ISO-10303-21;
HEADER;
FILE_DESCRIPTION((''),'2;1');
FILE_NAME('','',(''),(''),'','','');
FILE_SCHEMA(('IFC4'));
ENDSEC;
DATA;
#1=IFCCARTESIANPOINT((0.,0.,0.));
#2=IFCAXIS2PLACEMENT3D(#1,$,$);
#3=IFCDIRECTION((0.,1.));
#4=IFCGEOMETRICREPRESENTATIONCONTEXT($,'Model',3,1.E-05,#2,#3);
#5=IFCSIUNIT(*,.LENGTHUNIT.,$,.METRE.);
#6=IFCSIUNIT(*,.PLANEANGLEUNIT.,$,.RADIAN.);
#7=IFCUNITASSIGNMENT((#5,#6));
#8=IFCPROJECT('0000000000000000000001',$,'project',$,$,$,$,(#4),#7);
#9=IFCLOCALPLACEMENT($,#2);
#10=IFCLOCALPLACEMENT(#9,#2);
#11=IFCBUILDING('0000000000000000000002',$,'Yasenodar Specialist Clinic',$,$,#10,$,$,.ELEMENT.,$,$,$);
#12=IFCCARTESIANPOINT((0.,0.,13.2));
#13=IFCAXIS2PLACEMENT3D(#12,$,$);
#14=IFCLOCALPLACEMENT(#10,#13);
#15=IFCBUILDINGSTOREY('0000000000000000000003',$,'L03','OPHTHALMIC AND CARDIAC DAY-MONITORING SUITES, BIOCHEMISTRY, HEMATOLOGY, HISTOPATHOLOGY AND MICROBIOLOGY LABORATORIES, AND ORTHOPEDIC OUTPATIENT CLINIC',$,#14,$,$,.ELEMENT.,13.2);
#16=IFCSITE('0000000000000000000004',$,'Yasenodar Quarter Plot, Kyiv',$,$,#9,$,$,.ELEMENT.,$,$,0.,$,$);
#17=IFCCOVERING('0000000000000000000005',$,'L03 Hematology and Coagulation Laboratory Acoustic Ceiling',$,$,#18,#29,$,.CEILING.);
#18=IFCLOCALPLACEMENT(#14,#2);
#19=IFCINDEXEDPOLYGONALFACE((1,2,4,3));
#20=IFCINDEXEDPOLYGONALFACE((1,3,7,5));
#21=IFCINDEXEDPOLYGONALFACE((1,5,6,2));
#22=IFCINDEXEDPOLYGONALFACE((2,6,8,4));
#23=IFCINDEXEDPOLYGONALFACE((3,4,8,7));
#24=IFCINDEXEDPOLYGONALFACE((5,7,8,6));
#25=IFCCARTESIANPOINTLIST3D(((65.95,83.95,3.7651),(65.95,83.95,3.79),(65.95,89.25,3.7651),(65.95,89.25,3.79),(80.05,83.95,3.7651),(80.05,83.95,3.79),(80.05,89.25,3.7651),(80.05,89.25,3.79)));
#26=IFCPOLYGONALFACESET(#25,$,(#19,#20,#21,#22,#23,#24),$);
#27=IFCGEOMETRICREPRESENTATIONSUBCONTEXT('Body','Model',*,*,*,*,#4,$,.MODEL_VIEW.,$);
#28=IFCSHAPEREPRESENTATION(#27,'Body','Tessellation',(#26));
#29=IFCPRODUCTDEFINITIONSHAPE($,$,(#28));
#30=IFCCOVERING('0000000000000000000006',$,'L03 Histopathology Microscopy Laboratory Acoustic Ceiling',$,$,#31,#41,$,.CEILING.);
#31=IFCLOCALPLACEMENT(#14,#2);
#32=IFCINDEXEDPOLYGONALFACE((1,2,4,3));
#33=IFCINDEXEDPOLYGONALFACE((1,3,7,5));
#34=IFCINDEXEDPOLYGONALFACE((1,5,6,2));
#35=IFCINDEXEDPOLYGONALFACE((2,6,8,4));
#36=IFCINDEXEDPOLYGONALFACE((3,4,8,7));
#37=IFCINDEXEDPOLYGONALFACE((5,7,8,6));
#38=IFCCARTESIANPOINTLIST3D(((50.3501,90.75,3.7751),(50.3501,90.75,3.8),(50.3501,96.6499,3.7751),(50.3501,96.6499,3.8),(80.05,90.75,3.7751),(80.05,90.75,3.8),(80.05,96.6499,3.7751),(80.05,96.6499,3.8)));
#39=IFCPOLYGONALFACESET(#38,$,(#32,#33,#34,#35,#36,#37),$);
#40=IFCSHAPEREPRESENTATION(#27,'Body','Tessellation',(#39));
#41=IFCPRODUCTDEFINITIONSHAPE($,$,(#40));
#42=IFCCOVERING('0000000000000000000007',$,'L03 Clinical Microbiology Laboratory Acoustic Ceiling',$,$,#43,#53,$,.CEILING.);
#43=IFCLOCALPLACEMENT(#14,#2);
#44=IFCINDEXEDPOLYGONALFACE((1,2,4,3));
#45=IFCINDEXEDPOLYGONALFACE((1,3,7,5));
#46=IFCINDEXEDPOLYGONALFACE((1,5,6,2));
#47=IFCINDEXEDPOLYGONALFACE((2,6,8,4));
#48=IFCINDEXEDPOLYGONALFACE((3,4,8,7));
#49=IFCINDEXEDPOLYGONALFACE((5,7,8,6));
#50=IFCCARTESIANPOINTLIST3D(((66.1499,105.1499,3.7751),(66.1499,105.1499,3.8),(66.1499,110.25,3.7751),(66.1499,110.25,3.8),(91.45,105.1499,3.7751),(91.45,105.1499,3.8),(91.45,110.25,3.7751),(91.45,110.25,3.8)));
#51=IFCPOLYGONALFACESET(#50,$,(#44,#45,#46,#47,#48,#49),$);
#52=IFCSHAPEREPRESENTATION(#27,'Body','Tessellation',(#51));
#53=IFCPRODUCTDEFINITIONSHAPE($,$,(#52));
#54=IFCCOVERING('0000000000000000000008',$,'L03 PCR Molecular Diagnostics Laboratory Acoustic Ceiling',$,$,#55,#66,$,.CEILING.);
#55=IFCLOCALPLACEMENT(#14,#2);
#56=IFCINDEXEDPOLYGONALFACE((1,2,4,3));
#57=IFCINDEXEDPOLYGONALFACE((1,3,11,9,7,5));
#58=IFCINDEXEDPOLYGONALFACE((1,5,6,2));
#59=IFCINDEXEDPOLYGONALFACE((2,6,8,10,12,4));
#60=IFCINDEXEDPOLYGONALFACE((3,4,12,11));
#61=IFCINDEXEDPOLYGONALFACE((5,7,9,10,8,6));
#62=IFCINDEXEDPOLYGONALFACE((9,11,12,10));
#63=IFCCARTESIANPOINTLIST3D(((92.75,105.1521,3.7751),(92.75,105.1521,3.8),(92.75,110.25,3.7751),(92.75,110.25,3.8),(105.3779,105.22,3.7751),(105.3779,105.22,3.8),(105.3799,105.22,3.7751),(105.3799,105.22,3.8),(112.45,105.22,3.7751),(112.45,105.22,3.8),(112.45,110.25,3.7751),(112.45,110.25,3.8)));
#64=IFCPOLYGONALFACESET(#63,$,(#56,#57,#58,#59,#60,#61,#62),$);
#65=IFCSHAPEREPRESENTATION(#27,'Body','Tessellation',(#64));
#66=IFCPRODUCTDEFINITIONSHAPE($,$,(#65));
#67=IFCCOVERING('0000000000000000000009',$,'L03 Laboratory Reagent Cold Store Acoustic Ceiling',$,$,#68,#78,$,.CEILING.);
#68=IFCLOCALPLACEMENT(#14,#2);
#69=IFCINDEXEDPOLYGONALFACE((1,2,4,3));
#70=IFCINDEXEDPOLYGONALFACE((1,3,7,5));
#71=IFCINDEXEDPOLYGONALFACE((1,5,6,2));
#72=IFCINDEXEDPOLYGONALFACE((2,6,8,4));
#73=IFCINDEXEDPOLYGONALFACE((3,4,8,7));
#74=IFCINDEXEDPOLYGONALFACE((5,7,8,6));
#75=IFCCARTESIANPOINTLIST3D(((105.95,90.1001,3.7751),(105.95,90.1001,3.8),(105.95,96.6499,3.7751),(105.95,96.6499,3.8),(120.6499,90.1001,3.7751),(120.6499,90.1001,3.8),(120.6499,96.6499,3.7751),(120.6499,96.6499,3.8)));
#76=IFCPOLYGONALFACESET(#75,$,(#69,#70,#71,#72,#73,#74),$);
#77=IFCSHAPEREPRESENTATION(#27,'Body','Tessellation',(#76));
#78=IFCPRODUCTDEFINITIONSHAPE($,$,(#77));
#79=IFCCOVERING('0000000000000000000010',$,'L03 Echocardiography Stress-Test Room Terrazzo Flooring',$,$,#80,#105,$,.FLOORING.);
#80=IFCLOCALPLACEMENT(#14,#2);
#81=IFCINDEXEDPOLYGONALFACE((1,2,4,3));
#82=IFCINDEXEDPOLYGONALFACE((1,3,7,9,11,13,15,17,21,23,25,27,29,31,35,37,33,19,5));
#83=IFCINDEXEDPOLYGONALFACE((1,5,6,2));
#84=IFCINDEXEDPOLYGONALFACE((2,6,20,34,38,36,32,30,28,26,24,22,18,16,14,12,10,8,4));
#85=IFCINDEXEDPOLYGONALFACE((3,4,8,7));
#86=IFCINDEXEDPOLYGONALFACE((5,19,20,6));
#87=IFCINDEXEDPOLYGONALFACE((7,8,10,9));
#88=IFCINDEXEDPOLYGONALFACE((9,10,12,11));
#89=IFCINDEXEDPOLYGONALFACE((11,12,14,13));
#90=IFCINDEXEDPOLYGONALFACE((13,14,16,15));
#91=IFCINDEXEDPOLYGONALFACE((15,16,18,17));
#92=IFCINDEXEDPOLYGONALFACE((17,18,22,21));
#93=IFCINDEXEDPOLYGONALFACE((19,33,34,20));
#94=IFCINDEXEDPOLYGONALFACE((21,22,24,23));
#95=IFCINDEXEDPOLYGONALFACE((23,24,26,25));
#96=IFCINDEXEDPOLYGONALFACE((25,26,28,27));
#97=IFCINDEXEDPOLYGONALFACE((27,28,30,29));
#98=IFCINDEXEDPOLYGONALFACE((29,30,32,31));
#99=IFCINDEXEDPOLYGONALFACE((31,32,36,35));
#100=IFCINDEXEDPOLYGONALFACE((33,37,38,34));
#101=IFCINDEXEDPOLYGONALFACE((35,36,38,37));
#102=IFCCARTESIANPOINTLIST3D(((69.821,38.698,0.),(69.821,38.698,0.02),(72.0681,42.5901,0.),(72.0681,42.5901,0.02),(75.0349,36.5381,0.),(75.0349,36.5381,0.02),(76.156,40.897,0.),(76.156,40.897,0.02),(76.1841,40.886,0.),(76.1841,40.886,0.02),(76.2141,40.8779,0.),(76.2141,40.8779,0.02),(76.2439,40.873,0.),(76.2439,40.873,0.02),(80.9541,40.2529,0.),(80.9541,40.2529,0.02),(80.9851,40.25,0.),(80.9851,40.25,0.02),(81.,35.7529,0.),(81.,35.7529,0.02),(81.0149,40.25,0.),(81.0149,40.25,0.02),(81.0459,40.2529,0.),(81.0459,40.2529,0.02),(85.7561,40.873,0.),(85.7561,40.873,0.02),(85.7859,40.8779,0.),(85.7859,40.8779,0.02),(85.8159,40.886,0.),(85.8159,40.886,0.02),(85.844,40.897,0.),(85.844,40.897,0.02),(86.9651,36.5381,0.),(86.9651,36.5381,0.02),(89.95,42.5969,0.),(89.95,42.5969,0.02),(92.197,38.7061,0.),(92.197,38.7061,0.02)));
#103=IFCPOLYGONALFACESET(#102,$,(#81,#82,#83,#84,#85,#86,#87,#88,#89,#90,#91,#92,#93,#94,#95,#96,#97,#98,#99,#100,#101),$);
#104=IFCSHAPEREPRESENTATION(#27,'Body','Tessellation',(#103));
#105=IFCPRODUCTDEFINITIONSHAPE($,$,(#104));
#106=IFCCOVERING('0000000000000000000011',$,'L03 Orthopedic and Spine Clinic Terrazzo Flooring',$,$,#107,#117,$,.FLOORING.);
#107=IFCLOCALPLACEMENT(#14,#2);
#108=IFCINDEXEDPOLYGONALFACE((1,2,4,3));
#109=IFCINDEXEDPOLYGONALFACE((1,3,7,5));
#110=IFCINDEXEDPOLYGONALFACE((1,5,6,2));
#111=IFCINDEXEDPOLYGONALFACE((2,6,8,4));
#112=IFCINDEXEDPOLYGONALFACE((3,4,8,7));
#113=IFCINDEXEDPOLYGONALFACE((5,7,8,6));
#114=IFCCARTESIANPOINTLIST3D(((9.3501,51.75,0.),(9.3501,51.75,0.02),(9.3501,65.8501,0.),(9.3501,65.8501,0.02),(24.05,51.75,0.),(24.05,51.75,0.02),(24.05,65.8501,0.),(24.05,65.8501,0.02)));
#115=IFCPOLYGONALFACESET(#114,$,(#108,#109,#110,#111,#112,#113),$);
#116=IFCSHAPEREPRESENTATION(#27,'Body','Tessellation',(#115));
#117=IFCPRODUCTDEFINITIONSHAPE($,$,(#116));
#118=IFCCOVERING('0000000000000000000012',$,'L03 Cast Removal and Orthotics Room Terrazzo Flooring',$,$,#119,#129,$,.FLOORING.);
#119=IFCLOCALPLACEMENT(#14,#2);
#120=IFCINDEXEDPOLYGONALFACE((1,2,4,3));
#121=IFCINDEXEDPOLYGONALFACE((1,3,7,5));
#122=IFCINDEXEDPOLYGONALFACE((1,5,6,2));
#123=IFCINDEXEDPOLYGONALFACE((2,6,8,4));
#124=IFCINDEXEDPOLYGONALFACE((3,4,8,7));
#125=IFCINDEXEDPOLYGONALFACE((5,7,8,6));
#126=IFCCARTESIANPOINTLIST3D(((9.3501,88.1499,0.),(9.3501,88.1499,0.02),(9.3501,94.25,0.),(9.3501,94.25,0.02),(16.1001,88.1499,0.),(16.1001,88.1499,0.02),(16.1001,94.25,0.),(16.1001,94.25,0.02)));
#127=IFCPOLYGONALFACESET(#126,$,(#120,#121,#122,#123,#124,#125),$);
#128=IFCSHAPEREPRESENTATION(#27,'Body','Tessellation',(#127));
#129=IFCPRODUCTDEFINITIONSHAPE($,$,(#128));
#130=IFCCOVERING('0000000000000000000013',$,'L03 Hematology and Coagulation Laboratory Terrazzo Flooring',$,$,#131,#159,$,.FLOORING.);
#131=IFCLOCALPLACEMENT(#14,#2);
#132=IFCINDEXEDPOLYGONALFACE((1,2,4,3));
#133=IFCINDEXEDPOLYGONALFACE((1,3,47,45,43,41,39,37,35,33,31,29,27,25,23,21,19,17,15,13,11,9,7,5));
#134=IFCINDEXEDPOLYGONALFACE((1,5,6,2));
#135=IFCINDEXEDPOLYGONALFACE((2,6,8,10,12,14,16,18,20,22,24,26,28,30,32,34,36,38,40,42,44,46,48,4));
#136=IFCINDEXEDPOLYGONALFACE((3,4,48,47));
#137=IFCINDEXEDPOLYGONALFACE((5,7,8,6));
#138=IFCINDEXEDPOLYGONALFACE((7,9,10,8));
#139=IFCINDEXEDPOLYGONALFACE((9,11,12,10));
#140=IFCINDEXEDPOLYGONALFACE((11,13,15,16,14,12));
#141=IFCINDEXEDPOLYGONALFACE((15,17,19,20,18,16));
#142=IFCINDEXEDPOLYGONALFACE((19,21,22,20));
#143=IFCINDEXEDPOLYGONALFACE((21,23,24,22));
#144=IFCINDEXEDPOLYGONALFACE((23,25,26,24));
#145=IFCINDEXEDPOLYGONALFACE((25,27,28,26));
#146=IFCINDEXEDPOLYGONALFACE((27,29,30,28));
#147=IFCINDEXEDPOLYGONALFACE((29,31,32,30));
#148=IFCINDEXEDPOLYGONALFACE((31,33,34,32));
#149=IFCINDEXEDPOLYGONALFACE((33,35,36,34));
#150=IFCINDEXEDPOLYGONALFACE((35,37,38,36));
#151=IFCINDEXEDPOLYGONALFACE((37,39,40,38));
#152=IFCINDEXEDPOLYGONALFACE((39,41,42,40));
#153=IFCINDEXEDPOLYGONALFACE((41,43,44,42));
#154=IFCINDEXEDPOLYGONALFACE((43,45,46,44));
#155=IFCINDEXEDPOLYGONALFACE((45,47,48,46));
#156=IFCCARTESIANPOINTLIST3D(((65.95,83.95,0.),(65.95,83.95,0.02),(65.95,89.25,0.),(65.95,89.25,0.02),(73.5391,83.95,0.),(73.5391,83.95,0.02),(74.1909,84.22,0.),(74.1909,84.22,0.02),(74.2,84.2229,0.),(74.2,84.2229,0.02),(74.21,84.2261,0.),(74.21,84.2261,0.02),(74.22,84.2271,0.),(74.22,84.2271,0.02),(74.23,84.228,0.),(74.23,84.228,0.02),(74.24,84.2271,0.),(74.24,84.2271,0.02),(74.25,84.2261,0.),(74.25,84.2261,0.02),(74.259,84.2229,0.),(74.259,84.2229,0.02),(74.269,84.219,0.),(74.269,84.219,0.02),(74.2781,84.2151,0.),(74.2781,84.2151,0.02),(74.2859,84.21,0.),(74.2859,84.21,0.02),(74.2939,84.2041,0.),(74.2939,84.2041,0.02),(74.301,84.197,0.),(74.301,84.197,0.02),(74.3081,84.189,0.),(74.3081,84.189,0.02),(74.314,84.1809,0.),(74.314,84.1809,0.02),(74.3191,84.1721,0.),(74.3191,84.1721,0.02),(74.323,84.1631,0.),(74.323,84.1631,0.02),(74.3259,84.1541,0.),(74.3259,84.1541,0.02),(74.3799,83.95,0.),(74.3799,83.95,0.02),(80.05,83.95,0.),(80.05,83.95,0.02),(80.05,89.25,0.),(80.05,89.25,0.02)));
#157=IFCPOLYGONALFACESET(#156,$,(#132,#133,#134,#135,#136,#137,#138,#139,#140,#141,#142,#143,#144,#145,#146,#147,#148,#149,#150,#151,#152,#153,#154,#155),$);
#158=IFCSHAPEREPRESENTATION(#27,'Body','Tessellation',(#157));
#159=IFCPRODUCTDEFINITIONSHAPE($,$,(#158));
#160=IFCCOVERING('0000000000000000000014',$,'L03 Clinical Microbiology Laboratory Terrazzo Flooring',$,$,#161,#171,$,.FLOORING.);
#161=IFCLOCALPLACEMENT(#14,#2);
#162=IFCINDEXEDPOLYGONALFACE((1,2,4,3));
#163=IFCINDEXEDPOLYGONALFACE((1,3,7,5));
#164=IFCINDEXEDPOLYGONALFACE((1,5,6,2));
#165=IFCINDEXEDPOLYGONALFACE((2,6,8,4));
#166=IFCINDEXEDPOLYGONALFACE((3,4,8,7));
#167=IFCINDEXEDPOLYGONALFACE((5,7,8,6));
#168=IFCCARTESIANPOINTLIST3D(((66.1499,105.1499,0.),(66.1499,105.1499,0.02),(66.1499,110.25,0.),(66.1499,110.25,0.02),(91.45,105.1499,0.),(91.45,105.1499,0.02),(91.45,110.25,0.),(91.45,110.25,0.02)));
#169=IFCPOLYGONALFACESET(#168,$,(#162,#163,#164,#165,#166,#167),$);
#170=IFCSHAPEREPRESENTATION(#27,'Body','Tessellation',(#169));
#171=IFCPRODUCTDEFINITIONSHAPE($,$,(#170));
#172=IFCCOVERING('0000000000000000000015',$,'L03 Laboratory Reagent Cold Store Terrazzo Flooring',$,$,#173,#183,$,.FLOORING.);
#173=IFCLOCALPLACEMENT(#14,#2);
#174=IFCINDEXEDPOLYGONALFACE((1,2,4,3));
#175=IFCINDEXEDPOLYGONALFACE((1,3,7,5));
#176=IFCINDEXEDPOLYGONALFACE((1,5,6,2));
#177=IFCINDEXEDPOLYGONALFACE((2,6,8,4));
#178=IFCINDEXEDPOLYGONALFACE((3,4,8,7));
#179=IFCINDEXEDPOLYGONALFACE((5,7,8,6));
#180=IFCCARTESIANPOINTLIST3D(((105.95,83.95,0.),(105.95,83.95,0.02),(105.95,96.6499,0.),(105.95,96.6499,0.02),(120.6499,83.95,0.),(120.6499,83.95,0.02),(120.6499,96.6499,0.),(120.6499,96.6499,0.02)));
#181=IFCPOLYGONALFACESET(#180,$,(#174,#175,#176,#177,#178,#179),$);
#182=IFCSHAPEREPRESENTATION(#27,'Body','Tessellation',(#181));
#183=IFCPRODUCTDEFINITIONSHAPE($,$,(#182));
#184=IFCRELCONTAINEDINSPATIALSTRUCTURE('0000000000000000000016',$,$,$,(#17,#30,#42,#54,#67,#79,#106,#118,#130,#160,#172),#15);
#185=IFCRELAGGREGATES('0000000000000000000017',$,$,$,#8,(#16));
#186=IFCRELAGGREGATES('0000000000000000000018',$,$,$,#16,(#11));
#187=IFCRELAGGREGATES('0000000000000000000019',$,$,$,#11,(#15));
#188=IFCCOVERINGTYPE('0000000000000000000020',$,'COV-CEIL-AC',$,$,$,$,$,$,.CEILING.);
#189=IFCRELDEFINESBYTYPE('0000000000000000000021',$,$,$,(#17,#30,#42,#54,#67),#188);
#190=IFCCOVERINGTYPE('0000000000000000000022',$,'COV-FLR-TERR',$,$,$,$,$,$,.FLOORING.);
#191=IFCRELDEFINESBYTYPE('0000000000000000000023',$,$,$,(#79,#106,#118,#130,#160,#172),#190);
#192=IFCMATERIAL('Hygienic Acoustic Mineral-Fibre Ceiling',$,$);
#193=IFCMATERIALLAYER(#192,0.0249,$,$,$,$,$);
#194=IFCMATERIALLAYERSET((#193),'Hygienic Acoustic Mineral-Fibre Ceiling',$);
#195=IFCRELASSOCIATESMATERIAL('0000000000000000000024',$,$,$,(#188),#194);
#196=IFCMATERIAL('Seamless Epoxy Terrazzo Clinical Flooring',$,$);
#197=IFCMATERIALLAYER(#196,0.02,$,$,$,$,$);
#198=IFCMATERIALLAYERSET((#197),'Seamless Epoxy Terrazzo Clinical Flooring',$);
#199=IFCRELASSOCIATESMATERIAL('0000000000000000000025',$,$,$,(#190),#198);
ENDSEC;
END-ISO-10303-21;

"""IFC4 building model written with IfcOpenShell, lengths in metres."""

from ifc_helpers import new_model, si_unit, direction, frame, origin, place, context, subcontext, project, spatial, polyline, outline, extrude, material, layer, layer_set, type_object, element, save


model = new_model("IFC4")

# Units and contexts
model_context = context("Model", 3, precision=1e-05, world=origin(), true_north=direction((0.0, 1.0)))
body_context = subcontext(model_context, "Body", "Model", "MODEL_VIEW")
ifc_project = project(units=[si_unit("LENGTHUNIT", "METRE"), si_unit("PLANEANGLEUNIT", "RADIAN")], contexts=[model_context])

# Site, building, storey
site_placement = place(None, origin())
site = spatial("IfcSite", under=ifc_project, at=site_placement, Name="Yasenodar Quarter Plot, Kyiv", CompositionType="ELEMENT", RefElevation=0.0)
building_placement = place(site_placement, origin())
building = spatial("IfcBuilding", under=site, at=building_placement, Name="Yasenodar Specialist Clinic", CompositionType="ELEMENT")
storey_placement = place(building_placement, frame((0.0, 0.0, 13.2)))
storey = spatial("IfcBuildingStorey", under=building, at=storey_placement, Name="L03", Description="OPHTHALMIC AND CARDIAC DAY-MONITORING SUITES, BIOCHEMISTRY, HEMATOLOGY, HISTOPATHOLOGY AND MICROBIOLOGY LABORATORIES, AND ORTHOPEDIC OUTPATIENT CLINIC", CompositionType="ELEMENT", Elevation=13.2)

# Coverings
ifc_material_1 = material(Name="Hygienic Acoustic Mineral-Fibre Ceiling")
ifc_layer_1 = layer(ifc_material_1, 0.0249)
ifc_layer_set_1 = layer_set([ifc_layer_1], Name="Hygienic Acoustic Mineral-Fibre Ceiling")
covering_type_1 = type_object("IfcCoveringType", Name="COV-CEIL-AC", PredefinedType="CEILING", material=ifc_layer_set_1)
covering_1_placement = place(storey_placement, frame((0.0, 0.0, 3.7651)))
element("IfcCovering", 1, at=covering_1_placement, inside=storey, type_object=covering_type_1, Name="L03 Hematology and Coagulation Laboratory Acoustic Ceiling", PredefinedType="CEILING", context=body_context, shape_type="SweptSolid", body=[
    extrude(outline(polyline([(80.05, 83.95), (65.95, 83.95), (65.95, 89.25), (80.05, 89.25), (80.05, 83.95)])), origin(), (0.0, 0.0, 1.0), 0.0249),
])
covering_2_placement = place(storey_placement, frame((0.0, 0.0, 3.7751)))
element("IfcCovering", 2, at=covering_2_placement, inside=storey, type_object=covering_type_1, Name="L03 Histopathology Microscopy Laboratory Acoustic Ceiling", PredefinedType="CEILING", context=body_context, shape_type="SweptSolid", body=[
    extrude(outline(polyline([(80.05, 90.75), (50.3501, 90.75), (50.3501, 96.6499), (80.05, 96.6499), (80.05, 90.75)])), origin(), (0.0, 0.0, 1.0), 0.0249),
])
covering_3_placement = place(storey_placement, frame((0.0, 0.0, 3.7751)))
element("IfcCovering", 3, at=covering_3_placement, inside=storey, type_object=covering_type_1, Name="L03 Clinical Microbiology Laboratory Acoustic Ceiling", PredefinedType="CEILING", context=body_context, shape_type="SweptSolid", body=[
    extrude(outline(polyline([(91.45, 105.1499), (66.1499, 105.1499), (66.1499, 110.25), (91.45, 110.25), (91.45, 105.1499)])), origin(), (0.0, 0.0, 1.0), 0.0249),
])
covering_4_placement = place(storey_placement, frame((0.0, 0.0, 3.7751)))
element("IfcCovering", 4, at=covering_4_placement, inside=storey, type_object=covering_type_1, Name="L03 PCR Molecular Diagnostics Laboratory Acoustic Ceiling", PredefinedType="CEILING", context=body_context, shape_type="SweptSolid", body=[
    extrude(outline(polyline([(112.45, 110.25), (112.45, 105.22), (105.3799, 105.22), (105.3779, 105.22), (92.75, 105.1521), (92.75, 110.25), (112.45, 110.25)])), origin(), (0.0, 0.0, 1.0), 0.0249),
])
covering_5_placement = place(storey_placement, frame((0.0, 0.0, 3.7751)))
element("IfcCovering", 5, at=covering_5_placement, inside=storey, type_object=covering_type_1, Name="L03 Laboratory Reagent Cold Store Acoustic Ceiling", PredefinedType="CEILING", context=body_context, shape_type="SweptSolid", body=[
    extrude(outline(polyline([(120.6499, 90.1001), (105.95, 90.1001), (105.95, 96.6499), (120.6499, 96.6499), (120.6499, 90.1001)])), origin(), (0.0, 0.0, 1.0), 0.0249),
])
ifc_material_2 = material(Name="Seamless Epoxy Terrazzo Clinical Flooring")
ifc_layer_2 = layer(ifc_material_2, 0.02)
ifc_layer_set_2 = layer_set([ifc_layer_2], Name="Seamless Epoxy Terrazzo Clinical Flooring")
covering_type_2 = type_object("IfcCoveringType", Name="COV-FLR-TERR", PredefinedType="FLOORING", material=ifc_layer_set_2)
covering_6_placement = place(storey_placement, origin())
element("IfcCovering", 6, at=covering_6_placement, inside=storey, type_object=covering_type_2, Name="L03 Echocardiography Stress-Test Room Terrazzo Flooring", PredefinedType="FLOORING", context=body_context, shape_type="SweptSolid", body=[
    extrude(outline(polyline([(76.2141, 40.8779), (76.2439, 40.873), (80.9541, 40.2529), (80.9851, 40.25), (81.0149, 40.25), (81.0459, 40.2529), (85.7561, 40.873), (85.7859, 40.8779), (85.8159, 40.886), (85.844, 40.897), (89.95, 42.5969), (92.197, 38.7061), (86.9651, 36.5381), (81.0, 35.7529), (75.0349, 36.5381), (69.821, 38.698), (72.0681, 42.5901), (76.156, 40.897), (76.1841, 40.886), (76.2141, 40.8779)])), origin(), (0.0, 0.0, 1.0), 0.02),
])
covering_7_placement = place(storey_placement, origin())
element("IfcCovering", 7, at=covering_7_placement, inside=storey, type_object=covering_type_2, Name="L03 Orthopedic and Spine Clinic Terrazzo Flooring", PredefinedType="FLOORING", context=body_context, shape_type="SweptSolid", body=[
    extrude(outline(polyline([(24.05, 51.75), (9.3501, 51.75), (9.3501, 65.8501), (24.05, 65.8501), (24.05, 51.75)])), origin(), (0.0, 0.0, 1.0), 0.02),
])
covering_8_placement = place(storey_placement, origin())
element("IfcCovering", 8, at=covering_8_placement, inside=storey, type_object=covering_type_2, Name="L03 Cast Removal and Orthotics Room Terrazzo Flooring", PredefinedType="FLOORING", context=body_context, shape_type="SweptSolid", body=[
    extrude(outline(polyline([(16.1001, 94.25), (16.1001, 88.1499), (9.3501, 88.1499), (9.3501, 94.25), (16.1001, 94.25)])), origin(), (0.0, 0.0, 1.0), 0.02),
])
covering_9_placement = place(storey_placement, origin())
element("IfcCovering", 9, at=covering_9_placement, inside=storey, type_object=covering_type_2, Name="L03 Hematology and Coagulation Laboratory Terrazzo Flooring", PredefinedType="FLOORING", context=body_context, shape_type="SweptSolid", body=[
    extrude(outline(polyline([(80.05, 83.95), (74.3799, 83.95), (74.3259, 84.1541), (74.323, 84.1631), (74.3191, 84.1721), (74.314, 84.1809), (74.3081, 84.189), (74.301, 84.197), (74.2939, 84.2041), (74.2859, 84.21), (74.2781, 84.2151), (74.269, 84.219), (74.259, 84.2229), (74.25, 84.2261), (74.24, 84.2271), (74.23, 84.228), (74.22, 84.2271), (74.21, 84.2261), (74.2, 84.2229), (74.1909, 84.22), (73.5391, 83.95), (65.95, 83.95), (65.95, 89.25), (80.05, 89.25), (80.05, 83.95)])), origin(), (0.0, 0.0, 1.0), 0.02),
])
covering_10_placement = place(storey_placement, origin())
element("IfcCovering", 10, at=covering_10_placement, inside=storey, type_object=covering_type_2, Name="L03 Clinical Microbiology Laboratory Terrazzo Flooring", PredefinedType="FLOORING", context=body_context, shape_type="SweptSolid", body=[
    extrude(outline(polyline([(91.45, 105.1499), (66.1499, 105.1499), (66.1499, 110.25), (91.45, 110.25), (91.45, 105.1499)])), origin(), (0.0, 0.0, 1.0), 0.02),
])
covering_11_placement = place(storey_placement, origin())
element("IfcCovering", 11, at=covering_11_placement, inside=storey, type_object=covering_type_2, Name="L03 Laboratory Reagent Cold Store Terrazzo Flooring", PredefinedType="FLOORING", context=body_context, shape_type="SweptSolid", body=[
    extrude(outline(polyline([(120.6499, 83.95), (105.95, 83.95), (105.95, 96.6499), (120.6499, 96.6499), (120.6499, 83.95)])), origin(), (0.0, 0.0, 1.0), 0.02),
])

save(model, "model.ifc")
